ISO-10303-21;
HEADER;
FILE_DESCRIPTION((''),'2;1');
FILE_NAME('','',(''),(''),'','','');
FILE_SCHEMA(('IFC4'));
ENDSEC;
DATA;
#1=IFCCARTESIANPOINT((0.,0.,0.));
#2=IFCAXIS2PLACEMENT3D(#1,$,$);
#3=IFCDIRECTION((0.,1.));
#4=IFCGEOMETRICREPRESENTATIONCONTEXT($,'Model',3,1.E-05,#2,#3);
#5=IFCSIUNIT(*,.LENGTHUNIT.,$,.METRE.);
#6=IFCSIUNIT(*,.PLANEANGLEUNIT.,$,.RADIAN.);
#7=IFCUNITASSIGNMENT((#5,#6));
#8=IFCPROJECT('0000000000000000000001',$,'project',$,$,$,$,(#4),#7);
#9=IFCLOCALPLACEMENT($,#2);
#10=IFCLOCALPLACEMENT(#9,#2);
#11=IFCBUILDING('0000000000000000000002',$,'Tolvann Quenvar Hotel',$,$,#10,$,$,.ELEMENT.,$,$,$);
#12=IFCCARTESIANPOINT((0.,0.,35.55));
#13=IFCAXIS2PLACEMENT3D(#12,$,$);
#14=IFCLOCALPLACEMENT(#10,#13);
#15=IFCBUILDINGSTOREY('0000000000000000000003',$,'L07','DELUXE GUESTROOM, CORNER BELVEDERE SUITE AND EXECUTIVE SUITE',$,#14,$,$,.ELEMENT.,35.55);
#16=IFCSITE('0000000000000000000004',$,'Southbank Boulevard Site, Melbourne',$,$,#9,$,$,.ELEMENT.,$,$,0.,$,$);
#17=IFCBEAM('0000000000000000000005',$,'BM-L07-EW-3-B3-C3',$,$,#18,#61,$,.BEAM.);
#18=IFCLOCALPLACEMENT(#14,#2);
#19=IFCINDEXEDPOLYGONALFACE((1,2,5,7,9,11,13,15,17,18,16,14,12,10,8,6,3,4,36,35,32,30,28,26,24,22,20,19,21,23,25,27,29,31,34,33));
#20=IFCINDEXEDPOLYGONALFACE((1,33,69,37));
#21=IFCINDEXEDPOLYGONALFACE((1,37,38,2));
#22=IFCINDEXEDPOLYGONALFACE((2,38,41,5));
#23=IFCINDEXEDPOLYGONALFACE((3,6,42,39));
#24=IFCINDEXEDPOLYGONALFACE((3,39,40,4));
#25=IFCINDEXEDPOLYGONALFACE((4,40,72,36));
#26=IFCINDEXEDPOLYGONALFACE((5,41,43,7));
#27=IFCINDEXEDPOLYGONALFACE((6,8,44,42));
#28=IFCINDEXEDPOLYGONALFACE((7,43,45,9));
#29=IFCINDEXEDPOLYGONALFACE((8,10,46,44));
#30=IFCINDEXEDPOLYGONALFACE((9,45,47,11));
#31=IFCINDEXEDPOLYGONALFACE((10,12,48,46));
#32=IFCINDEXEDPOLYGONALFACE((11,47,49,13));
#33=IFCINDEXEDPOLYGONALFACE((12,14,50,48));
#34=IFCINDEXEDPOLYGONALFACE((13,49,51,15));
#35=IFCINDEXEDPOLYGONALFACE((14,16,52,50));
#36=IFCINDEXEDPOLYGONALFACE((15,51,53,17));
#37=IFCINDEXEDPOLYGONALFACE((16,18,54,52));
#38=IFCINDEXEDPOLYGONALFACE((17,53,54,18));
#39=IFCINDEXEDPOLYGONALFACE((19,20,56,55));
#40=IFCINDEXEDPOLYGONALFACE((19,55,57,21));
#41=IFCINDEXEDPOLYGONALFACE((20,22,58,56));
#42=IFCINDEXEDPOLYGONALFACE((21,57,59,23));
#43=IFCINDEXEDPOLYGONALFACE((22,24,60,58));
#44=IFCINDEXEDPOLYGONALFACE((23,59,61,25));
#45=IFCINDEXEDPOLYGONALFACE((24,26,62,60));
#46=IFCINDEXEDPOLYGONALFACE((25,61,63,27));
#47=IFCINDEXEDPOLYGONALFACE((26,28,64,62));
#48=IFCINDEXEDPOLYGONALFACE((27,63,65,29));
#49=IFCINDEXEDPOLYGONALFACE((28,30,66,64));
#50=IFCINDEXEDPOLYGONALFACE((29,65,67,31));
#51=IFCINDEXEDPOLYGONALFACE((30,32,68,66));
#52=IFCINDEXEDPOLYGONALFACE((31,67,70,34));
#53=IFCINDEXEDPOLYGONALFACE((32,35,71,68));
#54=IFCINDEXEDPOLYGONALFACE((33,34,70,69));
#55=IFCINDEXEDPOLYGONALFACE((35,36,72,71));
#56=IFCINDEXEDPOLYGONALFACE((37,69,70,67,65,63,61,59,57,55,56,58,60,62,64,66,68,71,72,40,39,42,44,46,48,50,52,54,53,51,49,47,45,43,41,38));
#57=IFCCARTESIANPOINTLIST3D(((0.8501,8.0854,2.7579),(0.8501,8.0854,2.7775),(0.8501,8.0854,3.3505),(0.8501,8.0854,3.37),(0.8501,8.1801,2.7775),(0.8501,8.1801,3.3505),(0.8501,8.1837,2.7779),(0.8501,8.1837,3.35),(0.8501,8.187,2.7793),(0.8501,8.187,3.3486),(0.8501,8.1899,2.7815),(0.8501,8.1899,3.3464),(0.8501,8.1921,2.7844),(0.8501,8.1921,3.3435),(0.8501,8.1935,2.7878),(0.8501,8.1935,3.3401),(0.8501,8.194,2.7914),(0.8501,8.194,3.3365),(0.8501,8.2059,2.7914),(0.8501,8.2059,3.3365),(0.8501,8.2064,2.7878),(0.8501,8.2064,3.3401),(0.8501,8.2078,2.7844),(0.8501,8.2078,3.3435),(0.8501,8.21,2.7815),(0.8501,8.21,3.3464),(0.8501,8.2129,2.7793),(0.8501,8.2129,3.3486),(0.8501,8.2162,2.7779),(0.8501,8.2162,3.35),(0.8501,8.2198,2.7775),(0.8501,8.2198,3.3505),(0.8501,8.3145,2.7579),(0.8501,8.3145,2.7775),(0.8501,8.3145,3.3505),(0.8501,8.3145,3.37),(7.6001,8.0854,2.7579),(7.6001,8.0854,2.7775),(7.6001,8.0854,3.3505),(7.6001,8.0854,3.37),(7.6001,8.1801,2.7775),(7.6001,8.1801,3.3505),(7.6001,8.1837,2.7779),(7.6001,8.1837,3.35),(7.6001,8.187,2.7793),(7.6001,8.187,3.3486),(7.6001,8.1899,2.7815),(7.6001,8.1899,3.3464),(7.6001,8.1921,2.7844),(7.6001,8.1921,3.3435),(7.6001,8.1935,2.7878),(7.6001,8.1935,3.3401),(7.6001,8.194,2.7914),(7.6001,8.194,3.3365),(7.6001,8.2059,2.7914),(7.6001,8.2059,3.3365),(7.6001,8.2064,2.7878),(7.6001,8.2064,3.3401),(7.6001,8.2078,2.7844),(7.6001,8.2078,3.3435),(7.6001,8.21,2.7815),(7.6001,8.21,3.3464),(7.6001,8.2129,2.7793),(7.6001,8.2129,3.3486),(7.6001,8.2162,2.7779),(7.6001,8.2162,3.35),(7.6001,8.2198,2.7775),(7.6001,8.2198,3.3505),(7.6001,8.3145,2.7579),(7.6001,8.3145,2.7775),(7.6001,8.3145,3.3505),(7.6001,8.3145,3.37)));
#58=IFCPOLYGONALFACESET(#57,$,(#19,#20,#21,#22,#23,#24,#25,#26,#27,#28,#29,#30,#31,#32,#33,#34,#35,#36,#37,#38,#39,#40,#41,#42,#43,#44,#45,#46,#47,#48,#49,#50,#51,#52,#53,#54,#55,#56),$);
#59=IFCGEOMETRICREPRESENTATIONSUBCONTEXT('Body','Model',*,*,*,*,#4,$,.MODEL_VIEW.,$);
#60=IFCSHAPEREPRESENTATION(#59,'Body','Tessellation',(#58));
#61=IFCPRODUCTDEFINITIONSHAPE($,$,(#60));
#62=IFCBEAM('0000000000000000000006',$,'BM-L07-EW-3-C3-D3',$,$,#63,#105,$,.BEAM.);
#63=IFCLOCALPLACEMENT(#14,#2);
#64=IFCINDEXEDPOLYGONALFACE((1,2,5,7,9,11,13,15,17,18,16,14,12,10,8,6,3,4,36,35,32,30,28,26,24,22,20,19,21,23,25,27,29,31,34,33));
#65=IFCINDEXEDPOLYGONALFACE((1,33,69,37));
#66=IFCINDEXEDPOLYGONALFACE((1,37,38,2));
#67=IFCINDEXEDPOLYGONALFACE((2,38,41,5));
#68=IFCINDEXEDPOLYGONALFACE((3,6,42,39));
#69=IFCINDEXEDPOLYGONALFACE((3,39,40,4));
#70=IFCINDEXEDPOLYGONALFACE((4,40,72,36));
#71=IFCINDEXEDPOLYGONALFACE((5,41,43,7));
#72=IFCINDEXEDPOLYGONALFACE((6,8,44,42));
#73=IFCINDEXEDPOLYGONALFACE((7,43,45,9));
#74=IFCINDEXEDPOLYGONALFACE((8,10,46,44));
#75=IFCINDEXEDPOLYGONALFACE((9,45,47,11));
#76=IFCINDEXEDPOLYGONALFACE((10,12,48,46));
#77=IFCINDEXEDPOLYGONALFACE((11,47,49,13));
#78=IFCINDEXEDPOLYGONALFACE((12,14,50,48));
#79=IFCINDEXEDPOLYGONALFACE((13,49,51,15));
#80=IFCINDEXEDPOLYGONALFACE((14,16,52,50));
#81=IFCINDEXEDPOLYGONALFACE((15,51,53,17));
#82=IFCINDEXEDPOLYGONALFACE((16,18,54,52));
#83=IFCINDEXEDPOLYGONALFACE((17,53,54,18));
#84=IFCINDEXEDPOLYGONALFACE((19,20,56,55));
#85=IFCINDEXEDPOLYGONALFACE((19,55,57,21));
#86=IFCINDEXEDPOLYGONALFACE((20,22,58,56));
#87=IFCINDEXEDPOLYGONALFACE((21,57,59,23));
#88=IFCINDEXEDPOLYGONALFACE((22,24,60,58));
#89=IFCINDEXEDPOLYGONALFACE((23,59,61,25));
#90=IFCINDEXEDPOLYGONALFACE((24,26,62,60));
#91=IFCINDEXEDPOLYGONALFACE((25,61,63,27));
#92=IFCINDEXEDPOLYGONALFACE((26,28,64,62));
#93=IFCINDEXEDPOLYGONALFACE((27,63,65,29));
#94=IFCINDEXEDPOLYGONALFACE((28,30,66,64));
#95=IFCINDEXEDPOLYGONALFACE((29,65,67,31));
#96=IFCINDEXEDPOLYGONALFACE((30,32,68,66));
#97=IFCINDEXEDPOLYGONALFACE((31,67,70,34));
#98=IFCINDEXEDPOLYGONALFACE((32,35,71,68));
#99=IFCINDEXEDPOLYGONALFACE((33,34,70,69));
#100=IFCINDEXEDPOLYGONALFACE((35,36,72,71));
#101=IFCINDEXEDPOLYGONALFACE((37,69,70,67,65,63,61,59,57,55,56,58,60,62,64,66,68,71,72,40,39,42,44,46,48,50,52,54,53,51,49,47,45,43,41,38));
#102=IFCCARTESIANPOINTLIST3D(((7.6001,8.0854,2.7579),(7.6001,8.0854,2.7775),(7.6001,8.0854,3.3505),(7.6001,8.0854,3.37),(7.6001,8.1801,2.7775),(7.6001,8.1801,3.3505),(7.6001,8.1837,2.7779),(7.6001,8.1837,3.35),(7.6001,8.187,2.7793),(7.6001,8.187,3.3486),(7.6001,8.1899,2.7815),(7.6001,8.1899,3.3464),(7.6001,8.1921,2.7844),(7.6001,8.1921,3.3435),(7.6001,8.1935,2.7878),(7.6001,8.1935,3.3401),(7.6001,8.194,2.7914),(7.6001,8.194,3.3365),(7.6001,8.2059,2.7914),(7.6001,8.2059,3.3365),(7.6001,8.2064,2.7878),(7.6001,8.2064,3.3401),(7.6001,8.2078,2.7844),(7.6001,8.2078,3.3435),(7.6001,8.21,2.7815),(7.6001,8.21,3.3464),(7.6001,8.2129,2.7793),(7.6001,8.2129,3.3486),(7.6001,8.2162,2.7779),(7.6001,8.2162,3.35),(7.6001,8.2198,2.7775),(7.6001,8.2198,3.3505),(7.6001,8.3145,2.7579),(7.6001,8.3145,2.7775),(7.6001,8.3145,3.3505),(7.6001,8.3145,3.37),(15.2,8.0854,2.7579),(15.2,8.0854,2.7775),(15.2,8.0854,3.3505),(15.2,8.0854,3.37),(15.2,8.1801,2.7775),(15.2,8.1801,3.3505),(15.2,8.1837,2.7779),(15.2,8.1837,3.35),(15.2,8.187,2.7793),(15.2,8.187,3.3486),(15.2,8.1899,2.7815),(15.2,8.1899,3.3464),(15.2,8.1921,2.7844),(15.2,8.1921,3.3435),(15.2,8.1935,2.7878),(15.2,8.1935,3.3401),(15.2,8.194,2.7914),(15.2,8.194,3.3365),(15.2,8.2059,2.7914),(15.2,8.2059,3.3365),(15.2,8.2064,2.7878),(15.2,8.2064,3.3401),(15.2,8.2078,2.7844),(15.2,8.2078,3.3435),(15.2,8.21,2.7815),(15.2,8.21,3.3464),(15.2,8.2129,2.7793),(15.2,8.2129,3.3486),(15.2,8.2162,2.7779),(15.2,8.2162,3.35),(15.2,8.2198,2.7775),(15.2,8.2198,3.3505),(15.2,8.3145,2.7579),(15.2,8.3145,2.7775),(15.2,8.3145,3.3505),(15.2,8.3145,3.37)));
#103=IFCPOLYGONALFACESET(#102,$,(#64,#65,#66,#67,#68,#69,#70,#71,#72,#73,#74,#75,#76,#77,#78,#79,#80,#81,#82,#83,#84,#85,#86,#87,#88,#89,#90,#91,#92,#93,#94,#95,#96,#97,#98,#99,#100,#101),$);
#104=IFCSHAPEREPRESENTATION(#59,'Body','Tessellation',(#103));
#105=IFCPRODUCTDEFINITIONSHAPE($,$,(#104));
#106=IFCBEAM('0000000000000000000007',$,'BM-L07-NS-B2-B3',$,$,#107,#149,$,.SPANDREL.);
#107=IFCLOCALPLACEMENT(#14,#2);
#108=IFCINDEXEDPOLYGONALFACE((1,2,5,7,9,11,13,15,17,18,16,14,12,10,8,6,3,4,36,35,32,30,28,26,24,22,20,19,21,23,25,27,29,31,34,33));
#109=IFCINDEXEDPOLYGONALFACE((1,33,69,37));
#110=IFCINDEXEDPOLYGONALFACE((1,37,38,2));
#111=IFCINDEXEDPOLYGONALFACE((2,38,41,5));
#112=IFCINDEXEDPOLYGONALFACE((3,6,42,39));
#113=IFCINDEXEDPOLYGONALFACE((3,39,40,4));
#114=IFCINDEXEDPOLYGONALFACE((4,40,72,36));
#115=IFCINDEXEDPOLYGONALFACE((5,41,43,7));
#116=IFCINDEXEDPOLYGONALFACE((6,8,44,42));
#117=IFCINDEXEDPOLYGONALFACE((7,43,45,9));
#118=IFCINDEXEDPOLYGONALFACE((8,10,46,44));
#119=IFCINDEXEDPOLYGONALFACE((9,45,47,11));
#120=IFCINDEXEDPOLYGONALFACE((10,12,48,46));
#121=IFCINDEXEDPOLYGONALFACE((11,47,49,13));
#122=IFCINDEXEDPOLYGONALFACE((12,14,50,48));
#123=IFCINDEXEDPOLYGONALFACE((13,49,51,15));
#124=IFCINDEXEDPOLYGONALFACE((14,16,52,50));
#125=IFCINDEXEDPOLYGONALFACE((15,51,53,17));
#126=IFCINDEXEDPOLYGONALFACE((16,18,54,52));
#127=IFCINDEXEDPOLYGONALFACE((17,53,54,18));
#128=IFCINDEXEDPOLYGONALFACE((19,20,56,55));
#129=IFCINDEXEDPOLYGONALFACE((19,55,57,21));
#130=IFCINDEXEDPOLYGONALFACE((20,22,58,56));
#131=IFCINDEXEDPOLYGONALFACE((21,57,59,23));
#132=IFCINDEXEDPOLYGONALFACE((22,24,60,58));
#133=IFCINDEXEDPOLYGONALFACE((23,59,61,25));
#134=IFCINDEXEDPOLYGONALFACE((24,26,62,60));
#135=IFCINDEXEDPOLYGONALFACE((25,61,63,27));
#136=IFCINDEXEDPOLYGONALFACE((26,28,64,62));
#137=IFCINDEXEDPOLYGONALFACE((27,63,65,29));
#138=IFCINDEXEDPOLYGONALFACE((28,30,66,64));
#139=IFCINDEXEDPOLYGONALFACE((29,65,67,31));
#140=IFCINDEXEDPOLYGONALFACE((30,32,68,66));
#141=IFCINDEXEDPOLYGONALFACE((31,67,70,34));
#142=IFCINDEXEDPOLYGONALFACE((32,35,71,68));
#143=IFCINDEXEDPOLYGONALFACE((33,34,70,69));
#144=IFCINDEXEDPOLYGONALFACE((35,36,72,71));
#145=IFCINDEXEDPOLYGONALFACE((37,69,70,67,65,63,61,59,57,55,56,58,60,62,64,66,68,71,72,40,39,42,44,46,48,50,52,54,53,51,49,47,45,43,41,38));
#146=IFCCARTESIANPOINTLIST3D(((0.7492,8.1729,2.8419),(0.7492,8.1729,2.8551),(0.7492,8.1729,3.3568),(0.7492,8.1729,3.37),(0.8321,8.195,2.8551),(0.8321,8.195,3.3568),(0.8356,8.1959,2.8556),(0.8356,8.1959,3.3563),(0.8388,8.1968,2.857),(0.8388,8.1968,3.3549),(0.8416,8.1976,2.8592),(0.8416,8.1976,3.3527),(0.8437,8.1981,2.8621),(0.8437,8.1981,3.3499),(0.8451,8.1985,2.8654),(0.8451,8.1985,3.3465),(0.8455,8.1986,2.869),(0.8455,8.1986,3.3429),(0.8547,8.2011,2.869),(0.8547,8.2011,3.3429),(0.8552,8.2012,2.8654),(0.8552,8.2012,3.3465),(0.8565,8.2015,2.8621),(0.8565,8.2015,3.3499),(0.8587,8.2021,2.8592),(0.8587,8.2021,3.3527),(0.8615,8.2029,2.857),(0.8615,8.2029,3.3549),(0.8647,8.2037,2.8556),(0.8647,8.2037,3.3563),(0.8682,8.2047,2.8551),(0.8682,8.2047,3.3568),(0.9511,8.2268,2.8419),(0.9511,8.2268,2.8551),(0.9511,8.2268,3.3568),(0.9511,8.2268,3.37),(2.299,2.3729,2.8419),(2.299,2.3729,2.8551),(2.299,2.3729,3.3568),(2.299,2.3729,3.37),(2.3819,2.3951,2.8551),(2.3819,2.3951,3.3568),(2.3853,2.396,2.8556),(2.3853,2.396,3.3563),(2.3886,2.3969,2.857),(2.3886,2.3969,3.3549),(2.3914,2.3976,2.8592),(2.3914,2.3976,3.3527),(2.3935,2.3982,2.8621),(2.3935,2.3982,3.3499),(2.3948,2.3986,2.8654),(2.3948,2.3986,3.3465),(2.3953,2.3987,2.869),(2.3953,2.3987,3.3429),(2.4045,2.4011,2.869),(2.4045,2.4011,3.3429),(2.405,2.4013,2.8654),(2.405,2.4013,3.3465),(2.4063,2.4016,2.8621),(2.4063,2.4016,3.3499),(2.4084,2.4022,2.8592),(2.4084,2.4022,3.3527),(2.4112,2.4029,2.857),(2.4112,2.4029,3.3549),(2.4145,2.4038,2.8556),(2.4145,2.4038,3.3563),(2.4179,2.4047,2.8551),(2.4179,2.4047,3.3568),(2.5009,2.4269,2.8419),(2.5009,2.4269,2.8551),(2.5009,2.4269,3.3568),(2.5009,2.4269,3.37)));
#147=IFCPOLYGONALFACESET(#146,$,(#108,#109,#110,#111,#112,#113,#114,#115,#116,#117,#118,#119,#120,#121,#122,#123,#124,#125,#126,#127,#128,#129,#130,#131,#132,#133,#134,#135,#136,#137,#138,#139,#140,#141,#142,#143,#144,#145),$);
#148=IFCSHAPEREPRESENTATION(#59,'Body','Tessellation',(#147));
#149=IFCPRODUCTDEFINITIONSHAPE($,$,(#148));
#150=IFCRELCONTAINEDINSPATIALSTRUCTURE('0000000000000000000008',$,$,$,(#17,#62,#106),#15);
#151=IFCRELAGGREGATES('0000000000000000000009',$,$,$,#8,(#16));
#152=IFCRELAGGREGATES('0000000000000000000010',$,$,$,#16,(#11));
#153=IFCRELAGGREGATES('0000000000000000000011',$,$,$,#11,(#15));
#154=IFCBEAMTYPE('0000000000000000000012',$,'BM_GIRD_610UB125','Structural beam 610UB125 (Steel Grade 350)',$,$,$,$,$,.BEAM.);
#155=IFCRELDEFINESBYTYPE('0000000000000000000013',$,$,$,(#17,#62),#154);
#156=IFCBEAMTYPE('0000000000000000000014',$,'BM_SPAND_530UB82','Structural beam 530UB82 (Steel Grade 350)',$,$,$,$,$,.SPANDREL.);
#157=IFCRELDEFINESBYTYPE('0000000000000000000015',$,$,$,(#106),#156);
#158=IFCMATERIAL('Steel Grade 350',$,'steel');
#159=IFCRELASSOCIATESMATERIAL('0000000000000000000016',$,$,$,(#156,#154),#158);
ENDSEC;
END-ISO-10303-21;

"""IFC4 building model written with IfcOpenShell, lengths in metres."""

from ifc_helpers import new_model, si_unit, direction, frame, origin, origin_2d, place, context, subcontext, project, spatial, i_section, extrude, source, transform, mapped, material, material_profile, profile_set, type_object, type_shapes, element, save


model = new_model("IFC4")

# Units and contexts
model_context = context("Model", 3, precision=1e-05, world=origin(), true_north=direction((0.0, 1.0)))
body_context = subcontext(model_context, "Body", "Model", "MODEL_VIEW")
ifc_project = project(units=[si_unit("LENGTHUNIT", "METRE"), si_unit("PLANEANGLEUNIT", "RADIAN")], contexts=[model_context])

# Site, building, storey
site_placement = place(None, origin())
site = spatial("IfcSite", under=ifc_project, at=site_placement, Name="Southbank Boulevard Site, Melbourne", CompositionType="ELEMENT", RefElevation=0.0)
building_placement = place(site_placement, origin())
building = spatial("IfcBuilding", under=site, at=building_placement, Name="Tolvann Quenvar Hotel", CompositionType="ELEMENT")
storey_placement = place(building_placement, frame((0.0, 0.0, 35.55)))
storey = spatial("IfcBuildingStorey", under=building, at=storey_placement, Name="L07", Description="DELUXE GUESTROOM, CORNER BELVEDERE SUITE AND EXECUTIVE SUITE", CompositionType="ELEMENT", Elevation=35.55)

# Shared definitions
ifc_material_1 = material(Name="Steel Grade 350", Category="steel")

# Beams
ifc_material_profile_1 = material_profile(ifc_material_1, i_section(OverallWidth=0.209, OverallDepth=0.5281, WebThickness=0.0095, FlangeThickness=0.0132, FilletRadius=0.0139, at=origin_2d()), Name="530UB82")
ifc_profile_set_1 = profile_set([ifc_material_profile_1], Name="Steel Grade 350")
beam_type_1 = type_object("IfcBeamType", Name="BM_SPAND_530UB82", Description="Structural beam 530UB82 (Steel Grade 350)", PredefinedType="SPANDREL", material=ifc_profile_set_1)
ifc_material_profile_2 = material_profile(ifc_material_1, i_section(OverallWidth=0.229, OverallDepth=0.6121, WebThickness=0.012, FlangeThickness=0.0195, FilletRadius=0.0139, at=origin_2d()), Name="610UB125")
ifc_profile_set_2 = profile_set([ifc_material_profile_2], Name="Steel Grade 350")
beam_type_2 = type_object("IfcBeamType", Name="BM_GIRD_610UB125", Description="Structural beam 610UB125 (Steel Grade 350)", PredefinedType="BEAM", material=ifc_profile_set_2)
shared_shape_1 = source(origin(), body_context, "Body", "SweptSolid", [
    extrude(i_section(OverallWidth=0.229, OverallDepth=0.6121, WebThickness=0.012, FlangeThickness=0.0195, FilletRadius=0.0139, at=origin_2d()), origin(), (0.0, 0.0, 1.0), 6.75),
])
beam_1_placement = place(storey_placement, frame((0.8501, 8.2, 3.064), z_axis=(1.0, 0.0, 0.0), x_axis=(0.0, 1.0, 0.0)))
element("IfcBeam", 1, at=beam_1_placement, inside=storey, type_object=beam_type_2, Name="BM-L07-EW-3-B3-C3", PredefinedType="BEAM", context=body_context, shape_type="MappedRepresentation", body=[
    mapped(shared_shape_1, transform((0.0, 0.0, 0.0), x_axis=(1.0, 0.0, 0.0), y_axis=(0.0, 1.0, 0.0), z_axis=(0.0, 0.0, 1.0), scale=1.0)),
])
shared_shape_2 = source(origin(), body_context, "Body", "SweptSolid", [
    extrude(i_section(OverallWidth=0.229, OverallDepth=0.6121, WebThickness=0.012, FlangeThickness=0.0195, FilletRadius=0.0139, at=origin_2d()), origin(), (0.0, 0.0, 1.0), 7.5999),
])
type_shapes(beam_type_2, [shared_shape_1, shared_shape_2])
beam_2_placement = place(storey_placement, frame((7.6001, 8.2, 3.064), z_axis=(1.0, 0.0, 0.0), x_axis=(0.0, 1.0, 0.0)))
element("IfcBeam", 2, at=beam_2_placement, inside=storey, type_object=beam_type_2, Name="BM-L07-EW-3-C3-D3", PredefinedType="BEAM", context=body_context, shape_type="MappedRepresentation", body=[
    mapped(shared_shape_2, transform((0.0, 0.0, 0.0), x_axis=(1.0, 0.0, 0.0), y_axis=(0.0, 1.0, 0.0), z_axis=(0.0, 0.0, 1.0), scale=1.0)),
])
shared_shape_3 = source(origin(), body_context, "Body", "SweptSolid", [
    extrude(i_section(OverallWidth=0.209, OverallDepth=0.5281, WebThickness=0.0095, FlangeThickness=0.0132, FilletRadius=0.0139, at=origin_2d()), origin(), (0.0, 0.0, 1.0), 6.0034),
])
beam_3_placement = place(storey_placement, frame((2.3999, 2.3999, 3.106), z_axis=(-0.258149, 0.966105, 0.0), x_axis=(-0.966105, -0.258149, 0.0)))
element("IfcBeam", 3, at=beam_3_placement, inside=storey, type_object=beam_type_1, Name="BM-L07-NS-B2-B3", PredefinedType="SPANDREL", context=body_context, shape_type="MappedRepresentation", body=[
    mapped(shared_shape_3, transform((0.0, 0.0, 0.0), x_axis=(1.0, 0.0, 0.0), y_axis=(0.0, 1.0, 0.0), z_axis=(0.0, 0.0, 1.0), scale=1.0)),
])

save(model, "model.ifc")
